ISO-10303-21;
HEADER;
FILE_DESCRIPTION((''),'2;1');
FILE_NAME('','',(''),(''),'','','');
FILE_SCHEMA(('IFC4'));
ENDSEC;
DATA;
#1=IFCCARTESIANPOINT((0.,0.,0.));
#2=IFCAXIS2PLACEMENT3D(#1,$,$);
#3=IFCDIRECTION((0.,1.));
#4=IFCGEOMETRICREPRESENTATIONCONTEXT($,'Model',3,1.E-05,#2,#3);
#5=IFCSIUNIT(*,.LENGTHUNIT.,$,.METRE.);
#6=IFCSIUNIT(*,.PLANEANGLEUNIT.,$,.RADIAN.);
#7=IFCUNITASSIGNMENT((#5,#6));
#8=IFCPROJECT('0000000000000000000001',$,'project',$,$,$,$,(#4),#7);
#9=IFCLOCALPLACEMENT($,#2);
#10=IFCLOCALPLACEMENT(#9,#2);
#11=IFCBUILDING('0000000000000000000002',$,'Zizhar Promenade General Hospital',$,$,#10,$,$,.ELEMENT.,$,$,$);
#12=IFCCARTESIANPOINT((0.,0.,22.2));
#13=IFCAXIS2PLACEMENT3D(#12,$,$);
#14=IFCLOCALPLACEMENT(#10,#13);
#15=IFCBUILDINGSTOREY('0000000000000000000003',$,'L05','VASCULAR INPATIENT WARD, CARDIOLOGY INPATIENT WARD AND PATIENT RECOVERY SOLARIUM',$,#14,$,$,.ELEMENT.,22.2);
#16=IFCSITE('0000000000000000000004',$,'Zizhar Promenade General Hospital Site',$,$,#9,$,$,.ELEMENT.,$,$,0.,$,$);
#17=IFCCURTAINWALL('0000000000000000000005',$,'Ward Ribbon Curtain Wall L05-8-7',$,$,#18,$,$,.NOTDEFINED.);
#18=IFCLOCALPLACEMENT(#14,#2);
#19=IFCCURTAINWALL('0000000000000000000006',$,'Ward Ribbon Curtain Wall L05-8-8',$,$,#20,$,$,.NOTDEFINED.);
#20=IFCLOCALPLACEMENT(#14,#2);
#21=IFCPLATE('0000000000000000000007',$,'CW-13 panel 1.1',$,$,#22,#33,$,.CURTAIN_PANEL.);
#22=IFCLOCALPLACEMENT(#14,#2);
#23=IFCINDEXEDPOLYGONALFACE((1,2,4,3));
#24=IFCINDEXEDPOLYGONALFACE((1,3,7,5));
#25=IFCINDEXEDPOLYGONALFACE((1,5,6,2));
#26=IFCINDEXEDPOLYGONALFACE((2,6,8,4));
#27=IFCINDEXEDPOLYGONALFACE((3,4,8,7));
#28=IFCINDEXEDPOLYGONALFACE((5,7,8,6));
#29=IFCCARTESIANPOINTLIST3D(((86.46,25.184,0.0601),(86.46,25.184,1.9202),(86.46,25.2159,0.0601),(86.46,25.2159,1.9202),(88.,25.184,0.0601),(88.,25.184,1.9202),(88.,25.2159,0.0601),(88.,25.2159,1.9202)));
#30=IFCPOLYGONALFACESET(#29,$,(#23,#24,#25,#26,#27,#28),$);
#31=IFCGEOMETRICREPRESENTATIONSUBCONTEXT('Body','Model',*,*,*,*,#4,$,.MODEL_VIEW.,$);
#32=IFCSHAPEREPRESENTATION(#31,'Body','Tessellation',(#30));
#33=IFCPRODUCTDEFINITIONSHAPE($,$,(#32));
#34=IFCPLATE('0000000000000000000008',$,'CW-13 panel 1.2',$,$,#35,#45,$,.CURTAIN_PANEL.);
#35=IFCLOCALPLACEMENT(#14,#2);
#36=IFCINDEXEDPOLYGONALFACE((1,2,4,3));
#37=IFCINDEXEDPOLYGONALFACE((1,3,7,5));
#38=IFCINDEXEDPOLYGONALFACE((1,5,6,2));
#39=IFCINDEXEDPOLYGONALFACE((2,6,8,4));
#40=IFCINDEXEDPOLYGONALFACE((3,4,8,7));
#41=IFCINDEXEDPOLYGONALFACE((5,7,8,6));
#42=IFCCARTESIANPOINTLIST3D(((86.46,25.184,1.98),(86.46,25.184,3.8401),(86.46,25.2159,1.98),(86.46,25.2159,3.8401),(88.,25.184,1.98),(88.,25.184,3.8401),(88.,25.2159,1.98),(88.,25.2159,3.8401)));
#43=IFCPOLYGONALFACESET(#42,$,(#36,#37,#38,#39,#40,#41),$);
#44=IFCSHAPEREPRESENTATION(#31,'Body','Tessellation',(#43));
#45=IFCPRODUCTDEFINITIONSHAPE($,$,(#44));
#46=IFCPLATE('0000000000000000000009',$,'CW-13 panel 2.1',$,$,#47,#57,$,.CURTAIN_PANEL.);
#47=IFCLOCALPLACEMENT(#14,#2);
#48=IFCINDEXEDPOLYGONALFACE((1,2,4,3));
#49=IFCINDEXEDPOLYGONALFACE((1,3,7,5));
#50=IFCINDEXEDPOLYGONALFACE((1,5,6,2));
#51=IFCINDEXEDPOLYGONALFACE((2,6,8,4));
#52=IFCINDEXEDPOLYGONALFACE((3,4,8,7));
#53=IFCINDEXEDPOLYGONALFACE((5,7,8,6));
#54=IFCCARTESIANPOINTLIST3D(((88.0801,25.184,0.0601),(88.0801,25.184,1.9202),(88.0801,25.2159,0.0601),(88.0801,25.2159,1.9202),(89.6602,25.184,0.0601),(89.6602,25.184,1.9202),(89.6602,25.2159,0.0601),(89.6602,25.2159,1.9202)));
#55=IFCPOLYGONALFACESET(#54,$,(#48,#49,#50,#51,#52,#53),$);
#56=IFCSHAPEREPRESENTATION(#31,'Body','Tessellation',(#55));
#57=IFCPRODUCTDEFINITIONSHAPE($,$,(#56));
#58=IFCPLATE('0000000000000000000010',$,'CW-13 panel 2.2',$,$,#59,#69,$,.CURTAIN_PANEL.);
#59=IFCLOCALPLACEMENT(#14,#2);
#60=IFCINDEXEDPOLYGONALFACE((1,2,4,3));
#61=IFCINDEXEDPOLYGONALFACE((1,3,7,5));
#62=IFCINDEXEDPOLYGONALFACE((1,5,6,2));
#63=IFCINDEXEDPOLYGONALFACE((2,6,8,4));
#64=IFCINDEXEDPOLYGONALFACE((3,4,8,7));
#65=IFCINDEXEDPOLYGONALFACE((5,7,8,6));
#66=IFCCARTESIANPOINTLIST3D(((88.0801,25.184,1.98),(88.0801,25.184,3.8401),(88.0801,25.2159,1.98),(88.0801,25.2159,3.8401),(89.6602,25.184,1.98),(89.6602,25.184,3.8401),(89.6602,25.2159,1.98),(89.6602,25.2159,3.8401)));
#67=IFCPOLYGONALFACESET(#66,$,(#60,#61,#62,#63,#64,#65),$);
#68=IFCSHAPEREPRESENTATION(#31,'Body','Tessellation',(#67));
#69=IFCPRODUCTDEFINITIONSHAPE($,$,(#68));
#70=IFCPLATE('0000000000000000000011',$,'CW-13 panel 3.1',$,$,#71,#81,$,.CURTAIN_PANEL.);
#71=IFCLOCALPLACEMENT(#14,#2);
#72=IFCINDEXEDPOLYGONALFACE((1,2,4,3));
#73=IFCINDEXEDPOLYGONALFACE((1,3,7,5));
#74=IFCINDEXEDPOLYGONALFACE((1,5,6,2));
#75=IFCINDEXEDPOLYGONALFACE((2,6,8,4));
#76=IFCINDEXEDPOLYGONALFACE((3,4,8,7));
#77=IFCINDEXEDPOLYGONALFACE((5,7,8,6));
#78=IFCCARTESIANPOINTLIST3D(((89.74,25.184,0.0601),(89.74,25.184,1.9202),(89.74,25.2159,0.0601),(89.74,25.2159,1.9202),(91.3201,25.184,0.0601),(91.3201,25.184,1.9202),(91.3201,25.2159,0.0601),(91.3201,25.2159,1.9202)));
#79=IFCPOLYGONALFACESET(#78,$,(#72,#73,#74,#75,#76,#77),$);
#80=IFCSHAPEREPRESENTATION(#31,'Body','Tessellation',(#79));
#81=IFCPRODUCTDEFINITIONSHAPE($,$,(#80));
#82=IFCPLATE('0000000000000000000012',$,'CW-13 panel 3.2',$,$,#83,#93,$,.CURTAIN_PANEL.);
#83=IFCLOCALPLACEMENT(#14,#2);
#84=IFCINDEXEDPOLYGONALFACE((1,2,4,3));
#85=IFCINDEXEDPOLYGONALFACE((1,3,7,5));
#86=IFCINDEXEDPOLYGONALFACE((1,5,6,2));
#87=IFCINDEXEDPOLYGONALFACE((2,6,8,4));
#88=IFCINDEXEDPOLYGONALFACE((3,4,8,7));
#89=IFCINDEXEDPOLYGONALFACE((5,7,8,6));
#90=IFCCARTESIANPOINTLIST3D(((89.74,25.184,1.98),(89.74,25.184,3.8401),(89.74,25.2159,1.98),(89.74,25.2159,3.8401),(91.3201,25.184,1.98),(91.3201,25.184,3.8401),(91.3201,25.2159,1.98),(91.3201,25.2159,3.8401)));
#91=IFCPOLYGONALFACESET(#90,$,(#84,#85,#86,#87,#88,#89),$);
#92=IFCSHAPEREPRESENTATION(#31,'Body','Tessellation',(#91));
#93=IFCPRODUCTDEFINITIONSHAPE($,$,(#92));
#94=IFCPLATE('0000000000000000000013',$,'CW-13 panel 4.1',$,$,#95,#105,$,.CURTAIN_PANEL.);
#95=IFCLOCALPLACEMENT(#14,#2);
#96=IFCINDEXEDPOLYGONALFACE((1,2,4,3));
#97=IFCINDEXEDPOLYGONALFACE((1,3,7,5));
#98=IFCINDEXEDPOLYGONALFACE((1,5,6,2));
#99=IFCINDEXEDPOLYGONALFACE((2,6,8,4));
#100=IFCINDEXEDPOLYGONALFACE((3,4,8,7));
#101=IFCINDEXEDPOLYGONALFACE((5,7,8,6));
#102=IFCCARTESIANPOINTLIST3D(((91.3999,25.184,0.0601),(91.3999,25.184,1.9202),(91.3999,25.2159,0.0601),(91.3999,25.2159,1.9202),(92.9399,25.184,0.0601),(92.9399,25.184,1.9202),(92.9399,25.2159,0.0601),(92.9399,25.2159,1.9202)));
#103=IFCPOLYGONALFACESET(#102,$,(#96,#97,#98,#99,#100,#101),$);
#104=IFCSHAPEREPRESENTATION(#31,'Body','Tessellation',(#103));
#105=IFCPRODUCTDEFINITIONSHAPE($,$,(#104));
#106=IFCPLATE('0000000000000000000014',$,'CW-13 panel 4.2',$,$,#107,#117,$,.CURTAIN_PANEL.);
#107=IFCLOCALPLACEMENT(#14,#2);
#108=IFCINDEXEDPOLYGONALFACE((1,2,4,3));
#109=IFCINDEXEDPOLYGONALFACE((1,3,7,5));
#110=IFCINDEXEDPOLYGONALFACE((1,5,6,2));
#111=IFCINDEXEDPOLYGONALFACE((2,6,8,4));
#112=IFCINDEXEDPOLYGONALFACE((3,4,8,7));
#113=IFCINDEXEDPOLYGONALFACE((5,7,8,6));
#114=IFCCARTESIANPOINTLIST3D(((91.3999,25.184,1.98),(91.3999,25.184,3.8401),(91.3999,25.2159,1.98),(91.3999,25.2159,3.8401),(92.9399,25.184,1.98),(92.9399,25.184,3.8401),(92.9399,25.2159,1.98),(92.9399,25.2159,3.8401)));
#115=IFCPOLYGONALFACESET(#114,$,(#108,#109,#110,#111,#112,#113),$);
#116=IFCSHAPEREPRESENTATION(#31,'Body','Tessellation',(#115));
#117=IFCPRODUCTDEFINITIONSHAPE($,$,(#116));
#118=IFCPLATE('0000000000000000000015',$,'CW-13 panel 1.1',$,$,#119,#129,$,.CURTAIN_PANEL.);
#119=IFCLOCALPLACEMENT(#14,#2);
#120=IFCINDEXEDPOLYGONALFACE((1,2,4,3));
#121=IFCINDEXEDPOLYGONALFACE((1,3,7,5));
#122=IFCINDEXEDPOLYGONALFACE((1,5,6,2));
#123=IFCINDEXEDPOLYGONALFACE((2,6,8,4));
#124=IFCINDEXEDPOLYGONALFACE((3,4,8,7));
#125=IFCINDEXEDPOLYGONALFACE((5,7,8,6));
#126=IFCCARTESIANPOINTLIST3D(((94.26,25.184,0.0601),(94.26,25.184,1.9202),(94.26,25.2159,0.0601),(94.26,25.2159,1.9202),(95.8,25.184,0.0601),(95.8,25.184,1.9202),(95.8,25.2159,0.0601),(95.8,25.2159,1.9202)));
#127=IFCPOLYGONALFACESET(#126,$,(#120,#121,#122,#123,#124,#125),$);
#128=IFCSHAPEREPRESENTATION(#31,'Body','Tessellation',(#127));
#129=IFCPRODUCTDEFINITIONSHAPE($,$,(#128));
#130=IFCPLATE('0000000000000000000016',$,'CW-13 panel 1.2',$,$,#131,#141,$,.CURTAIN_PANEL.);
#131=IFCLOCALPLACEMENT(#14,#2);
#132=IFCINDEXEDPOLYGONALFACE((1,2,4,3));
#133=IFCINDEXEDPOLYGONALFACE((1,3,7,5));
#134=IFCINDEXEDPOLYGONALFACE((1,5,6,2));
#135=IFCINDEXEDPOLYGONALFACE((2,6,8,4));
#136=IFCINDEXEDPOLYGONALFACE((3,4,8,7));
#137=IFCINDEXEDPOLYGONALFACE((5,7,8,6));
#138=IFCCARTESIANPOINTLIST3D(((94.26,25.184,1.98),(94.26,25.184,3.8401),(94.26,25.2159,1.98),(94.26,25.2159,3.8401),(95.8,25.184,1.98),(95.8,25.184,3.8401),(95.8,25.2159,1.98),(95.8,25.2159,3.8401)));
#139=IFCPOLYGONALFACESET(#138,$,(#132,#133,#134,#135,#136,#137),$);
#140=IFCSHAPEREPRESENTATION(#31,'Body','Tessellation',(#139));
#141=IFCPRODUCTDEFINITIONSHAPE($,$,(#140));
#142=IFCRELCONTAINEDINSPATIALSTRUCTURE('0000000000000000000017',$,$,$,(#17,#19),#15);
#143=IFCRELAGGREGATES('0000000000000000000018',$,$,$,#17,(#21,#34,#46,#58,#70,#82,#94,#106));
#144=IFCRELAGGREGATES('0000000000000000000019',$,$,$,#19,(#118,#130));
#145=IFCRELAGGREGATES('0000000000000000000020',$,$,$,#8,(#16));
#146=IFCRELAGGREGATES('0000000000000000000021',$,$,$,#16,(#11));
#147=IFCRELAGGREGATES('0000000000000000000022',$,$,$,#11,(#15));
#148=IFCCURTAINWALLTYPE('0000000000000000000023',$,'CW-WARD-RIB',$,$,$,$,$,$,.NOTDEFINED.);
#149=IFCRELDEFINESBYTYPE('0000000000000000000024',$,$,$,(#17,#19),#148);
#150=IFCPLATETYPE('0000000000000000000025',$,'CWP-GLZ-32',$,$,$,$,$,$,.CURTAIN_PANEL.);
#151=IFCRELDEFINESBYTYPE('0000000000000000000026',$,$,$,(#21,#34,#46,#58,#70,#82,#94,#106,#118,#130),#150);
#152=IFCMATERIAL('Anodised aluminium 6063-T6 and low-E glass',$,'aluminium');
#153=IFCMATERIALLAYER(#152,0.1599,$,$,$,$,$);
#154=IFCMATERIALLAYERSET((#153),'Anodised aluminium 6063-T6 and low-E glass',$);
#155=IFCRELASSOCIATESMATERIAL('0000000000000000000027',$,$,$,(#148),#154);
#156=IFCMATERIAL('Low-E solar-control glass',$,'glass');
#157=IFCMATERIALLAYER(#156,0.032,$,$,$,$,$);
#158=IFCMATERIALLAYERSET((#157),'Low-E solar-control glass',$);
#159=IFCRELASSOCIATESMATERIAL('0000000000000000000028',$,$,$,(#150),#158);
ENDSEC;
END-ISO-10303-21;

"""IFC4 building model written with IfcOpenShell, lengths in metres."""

from ifc_helpers import new_model, si_unit, direction, frame, origin, origin_2d, place, context, subcontext, project, spatial, rectangle, extrude, material, layer, layer_set, type_object, element, aggregate, save


model = new_model("IFC4")

# Units and contexts
model_context = context("Model", 3, precision=1e-05, world=origin(), true_north=direction((0.0, 1.0)))
body_context = subcontext(model_context, "Body", "Model", "MODEL_VIEW")
ifc_project = project(units=[si_unit("LENGTHUNIT", "METRE"), si_unit("PLANEANGLEUNIT", "RADIAN")], contexts=[model_context])

# Site, building, storey
site_placement = place(None, origin())
site = spatial("IfcSite", under=ifc_project, at=site_placement, Name="Zizhar Promenade General Hospital Site", CompositionType="ELEMENT", RefElevation=0.0)
building_placement = place(site_placement, origin())
building = spatial("IfcBuilding", under=site, at=building_placement, Name="Zizhar Promenade General Hospital", CompositionType="ELEMENT")
storey_placement = place(building_placement, frame((0.0, 0.0, 22.2)))
storey = spatial("IfcBuildingStorey", under=building, at=storey_placement, Name="L05", Description="VASCULAR INPATIENT WARD, CARDIOLOGY INPATIENT WARD AND PATIENT RECOVERY SOLARIUM", CompositionType="ELEMENT", Elevation=22.2)

# Curtain wall
ifc_material_1 = material(Name="Anodised aluminium 6063-T6 and low-E glass", Category="aluminium")
ifc_layer_1 = layer(ifc_material_1, 0.1599)
ifc_layer_set_1 = layer_set([ifc_layer_1], Name="Anodised aluminium 6063-T6 and low-E glass")
curtain_wall_type = type_object("IfcCurtainWallType", Name="CW-WARD-RIB", PredefinedType="NOTDEFINED", material=ifc_layer_set_1)
curtain_wall_1_placement = place(storey_placement, origin())
curtain_wall_1 = element("IfcCurtainWall", 1, at=curtain_wall_1_placement, inside=storey, type_object=curtain_wall_type, Name="Ward Ribbon Curtain Wall L05-8-7", PredefinedType="NOTDEFINED")

# Curtain wall
curtain_wall_2_placement = place(storey_placement, origin())
curtain_wall_2 = element("IfcCurtainWall", 2, at=curtain_wall_2_placement, inside=storey, type_object=curtain_wall_type, Name="Ward Ribbon Curtain Wall L05-8-8", PredefinedType="NOTDEFINED")

# Plates
ifc_material_2 = material(Name="Low-E solar-control glass", Category="glass")
ifc_layer_2 = layer(ifc_material_2, 0.032)
ifc_layer_set_2 = layer_set([ifc_layer_2], Name="Low-E solar-control glass")
plate_type = type_object("IfcPlateType", Name="CWP-GLZ-32", PredefinedType="CURTAIN_PANEL", material=ifc_layer_set_2)
plate_1_placement = place(storey_placement, frame((87.23, 25.2, 0.0601), z_axis=(0.0, 0.0, 1.0), x_axis=(1.0, 0.0, 0.0)))
plate_1 = element("IfcPlate", 3, at=plate_1_placement, type_object=plate_type, Name="CW-13 panel 1.1", PredefinedType="CURTAIN_PANEL", context=body_context, shape_type="SweptSolid", body=[
    extrude(rectangle(XDim=1.54, YDim=0.032, at=origin_2d()), origin(), (0.0, 0.0, 1.0), 1.8601),
])
plate_2_placement = place(storey_placement, frame((87.23, 25.2, 1.98), z_axis=(0.0, 0.0, 1.0), x_axis=(1.0, 0.0, 0.0)))
plate_2 = element("IfcPlate", 4, at=plate_2_placement, type_object=plate_type, Name="CW-13 panel 1.2", PredefinedType="CURTAIN_PANEL", context=body_context, shape_type="SweptSolid", body=[
    extrude(rectangle(XDim=1.54, YDim=0.032, at=origin_2d()), origin(), (0.0, 0.0, 1.0), 1.8601),
])
plate_3_placement = place(storey_placement, frame((88.8701, 25.2, 0.0601), z_axis=(0.0, 0.0, 1.0), x_axis=(1.0, 0.0, 0.0)))
plate_3 = element("IfcPlate", 5, at=plate_3_placement, type_object=plate_type, Name="CW-13 panel 2.1", PredefinedType="CURTAIN_PANEL", context=body_context, shape_type="SweptSolid", body=[
    extrude(rectangle(XDim=1.5801, YDim=0.032, at=origin_2d()), origin(), (0.0, 0.0, 1.0), 1.8601),
])
plate_4_placement = place(storey_placement, frame((88.8701, 25.2, 1.98), z_axis=(0.0, 0.0, 1.0), x_axis=(1.0, 0.0, 0.0)))
plate_4 = element("IfcPlate", 6, at=plate_4_placement, type_object=plate_type, Name="CW-13 panel 2.2", PredefinedType="CURTAIN_PANEL", context=body_context, shape_type="SweptSolid", body=[
    extrude(rectangle(XDim=1.5801, YDim=0.032, at=origin_2d()), origin(), (0.0, 0.0, 1.0), 1.8601),
])
plate_5_placement = place(storey_placement, frame((90.53, 25.2, 0.0601), z_axis=(0.0, 0.0, 1.0), x_axis=(1.0, 0.0, 0.0)))
plate_5 = element("IfcPlate", 7, at=plate_5_placement, type_object=plate_type, Name="CW-13 panel 3.1", PredefinedType="CURTAIN_PANEL", context=body_context, shape_type="SweptSolid", body=[
    extrude(rectangle(XDim=1.5801, YDim=0.032, at=origin_2d()), origin(), (0.0, 0.0, 1.0), 1.8601),
])
plate_6_placement = place(storey_placement, frame((90.53, 25.2, 1.98), z_axis=(0.0, 0.0, 1.0), x_axis=(1.0, 0.0, 0.0)))
plate_6 = element("IfcPlate", 8, at=plate_6_placement, type_object=plate_type, Name="CW-13 panel 3.2", PredefinedType="CURTAIN_PANEL", context=body_context, shape_type="SweptSolid", body=[
    extrude(rectangle(XDim=1.5801, YDim=0.032, at=origin_2d()), origin(), (0.0, 0.0, 1.0), 1.8601),
])
plate_7_placement = place(storey_placement, frame((92.1699, 25.2, 0.0601), z_axis=(0.0, 0.0, 1.0), x_axis=(1.0, 0.0, 0.0)))
plate_7 = element("IfcPlate", 9, at=plate_7_placement, type_object=plate_type, Name="CW-13 panel 4.1", PredefinedType="CURTAIN_PANEL", context=body_context, shape_type="SweptSolid", body=[
    extrude(rectangle(XDim=1.54, YDim=0.032, at=origin_2d()), origin(), (0.0, 0.0, 1.0), 1.8601),
])
plate_8_placement = place(storey_placement, frame((92.1699, 25.2, 1.98), z_axis=(0.0, 0.0, 1.0), x_axis=(1.0, 0.0, 0.0)))
plate_8 = element("IfcPlate", 10, at=plate_8_placement, type_object=plate_type, Name="CW-13 panel 4.2", PredefinedType="CURTAIN_PANEL", context=body_context, shape_type="SweptSolid", body=[
    extrude(rectangle(XDim=1.54, YDim=0.032, at=origin_2d()), origin(), (0.0, 0.0, 1.0), 1.8601),
])
aggregate(curtain_wall_1, [plate_1, plate_2, plate_3, plate_4, plate_5, plate_6, plate_7, plate_8])
plate_9_placement = place(storey_placement, frame((95.03, 25.2, 0.0601), z_axis=(0.0, 0.0, 1.0), x_axis=(1.0, 0.0, 0.0)))
plate_9 = element("IfcPlate", 11, at=plate_9_placement, type_object=plate_type, Name="CW-13 panel 1.1", PredefinedType="CURTAIN_PANEL", context=body_context, shape_type="SweptSolid", body=[
    extrude(rectangle(XDim=1.54, YDim=0.032, at=origin_2d()), origin(), (0.0, 0.0, 1.0), 1.8601),
])
plate_10_placement = place(storey_placement, frame((95.03, 25.2, 1.98), z_axis=(0.0, 0.0, 1.0), x_axis=(1.0, 0.0, 0.0)))
plate_10 = element("IfcPlate", 12, at=plate_10_placement, type_object=plate_type, Name="CW-13 panel 1.2", PredefinedType="CURTAIN_PANEL", context=body_context, shape_type="SweptSolid", body=[
    extrude(rectangle(XDim=1.54, YDim=0.032, at=origin_2d()), origin(), (0.0, 0.0, 1.0), 1.8601),
])
aggregate(curtain_wall_2, [plate_9, plate_10])

save(model, "model.ifc")
